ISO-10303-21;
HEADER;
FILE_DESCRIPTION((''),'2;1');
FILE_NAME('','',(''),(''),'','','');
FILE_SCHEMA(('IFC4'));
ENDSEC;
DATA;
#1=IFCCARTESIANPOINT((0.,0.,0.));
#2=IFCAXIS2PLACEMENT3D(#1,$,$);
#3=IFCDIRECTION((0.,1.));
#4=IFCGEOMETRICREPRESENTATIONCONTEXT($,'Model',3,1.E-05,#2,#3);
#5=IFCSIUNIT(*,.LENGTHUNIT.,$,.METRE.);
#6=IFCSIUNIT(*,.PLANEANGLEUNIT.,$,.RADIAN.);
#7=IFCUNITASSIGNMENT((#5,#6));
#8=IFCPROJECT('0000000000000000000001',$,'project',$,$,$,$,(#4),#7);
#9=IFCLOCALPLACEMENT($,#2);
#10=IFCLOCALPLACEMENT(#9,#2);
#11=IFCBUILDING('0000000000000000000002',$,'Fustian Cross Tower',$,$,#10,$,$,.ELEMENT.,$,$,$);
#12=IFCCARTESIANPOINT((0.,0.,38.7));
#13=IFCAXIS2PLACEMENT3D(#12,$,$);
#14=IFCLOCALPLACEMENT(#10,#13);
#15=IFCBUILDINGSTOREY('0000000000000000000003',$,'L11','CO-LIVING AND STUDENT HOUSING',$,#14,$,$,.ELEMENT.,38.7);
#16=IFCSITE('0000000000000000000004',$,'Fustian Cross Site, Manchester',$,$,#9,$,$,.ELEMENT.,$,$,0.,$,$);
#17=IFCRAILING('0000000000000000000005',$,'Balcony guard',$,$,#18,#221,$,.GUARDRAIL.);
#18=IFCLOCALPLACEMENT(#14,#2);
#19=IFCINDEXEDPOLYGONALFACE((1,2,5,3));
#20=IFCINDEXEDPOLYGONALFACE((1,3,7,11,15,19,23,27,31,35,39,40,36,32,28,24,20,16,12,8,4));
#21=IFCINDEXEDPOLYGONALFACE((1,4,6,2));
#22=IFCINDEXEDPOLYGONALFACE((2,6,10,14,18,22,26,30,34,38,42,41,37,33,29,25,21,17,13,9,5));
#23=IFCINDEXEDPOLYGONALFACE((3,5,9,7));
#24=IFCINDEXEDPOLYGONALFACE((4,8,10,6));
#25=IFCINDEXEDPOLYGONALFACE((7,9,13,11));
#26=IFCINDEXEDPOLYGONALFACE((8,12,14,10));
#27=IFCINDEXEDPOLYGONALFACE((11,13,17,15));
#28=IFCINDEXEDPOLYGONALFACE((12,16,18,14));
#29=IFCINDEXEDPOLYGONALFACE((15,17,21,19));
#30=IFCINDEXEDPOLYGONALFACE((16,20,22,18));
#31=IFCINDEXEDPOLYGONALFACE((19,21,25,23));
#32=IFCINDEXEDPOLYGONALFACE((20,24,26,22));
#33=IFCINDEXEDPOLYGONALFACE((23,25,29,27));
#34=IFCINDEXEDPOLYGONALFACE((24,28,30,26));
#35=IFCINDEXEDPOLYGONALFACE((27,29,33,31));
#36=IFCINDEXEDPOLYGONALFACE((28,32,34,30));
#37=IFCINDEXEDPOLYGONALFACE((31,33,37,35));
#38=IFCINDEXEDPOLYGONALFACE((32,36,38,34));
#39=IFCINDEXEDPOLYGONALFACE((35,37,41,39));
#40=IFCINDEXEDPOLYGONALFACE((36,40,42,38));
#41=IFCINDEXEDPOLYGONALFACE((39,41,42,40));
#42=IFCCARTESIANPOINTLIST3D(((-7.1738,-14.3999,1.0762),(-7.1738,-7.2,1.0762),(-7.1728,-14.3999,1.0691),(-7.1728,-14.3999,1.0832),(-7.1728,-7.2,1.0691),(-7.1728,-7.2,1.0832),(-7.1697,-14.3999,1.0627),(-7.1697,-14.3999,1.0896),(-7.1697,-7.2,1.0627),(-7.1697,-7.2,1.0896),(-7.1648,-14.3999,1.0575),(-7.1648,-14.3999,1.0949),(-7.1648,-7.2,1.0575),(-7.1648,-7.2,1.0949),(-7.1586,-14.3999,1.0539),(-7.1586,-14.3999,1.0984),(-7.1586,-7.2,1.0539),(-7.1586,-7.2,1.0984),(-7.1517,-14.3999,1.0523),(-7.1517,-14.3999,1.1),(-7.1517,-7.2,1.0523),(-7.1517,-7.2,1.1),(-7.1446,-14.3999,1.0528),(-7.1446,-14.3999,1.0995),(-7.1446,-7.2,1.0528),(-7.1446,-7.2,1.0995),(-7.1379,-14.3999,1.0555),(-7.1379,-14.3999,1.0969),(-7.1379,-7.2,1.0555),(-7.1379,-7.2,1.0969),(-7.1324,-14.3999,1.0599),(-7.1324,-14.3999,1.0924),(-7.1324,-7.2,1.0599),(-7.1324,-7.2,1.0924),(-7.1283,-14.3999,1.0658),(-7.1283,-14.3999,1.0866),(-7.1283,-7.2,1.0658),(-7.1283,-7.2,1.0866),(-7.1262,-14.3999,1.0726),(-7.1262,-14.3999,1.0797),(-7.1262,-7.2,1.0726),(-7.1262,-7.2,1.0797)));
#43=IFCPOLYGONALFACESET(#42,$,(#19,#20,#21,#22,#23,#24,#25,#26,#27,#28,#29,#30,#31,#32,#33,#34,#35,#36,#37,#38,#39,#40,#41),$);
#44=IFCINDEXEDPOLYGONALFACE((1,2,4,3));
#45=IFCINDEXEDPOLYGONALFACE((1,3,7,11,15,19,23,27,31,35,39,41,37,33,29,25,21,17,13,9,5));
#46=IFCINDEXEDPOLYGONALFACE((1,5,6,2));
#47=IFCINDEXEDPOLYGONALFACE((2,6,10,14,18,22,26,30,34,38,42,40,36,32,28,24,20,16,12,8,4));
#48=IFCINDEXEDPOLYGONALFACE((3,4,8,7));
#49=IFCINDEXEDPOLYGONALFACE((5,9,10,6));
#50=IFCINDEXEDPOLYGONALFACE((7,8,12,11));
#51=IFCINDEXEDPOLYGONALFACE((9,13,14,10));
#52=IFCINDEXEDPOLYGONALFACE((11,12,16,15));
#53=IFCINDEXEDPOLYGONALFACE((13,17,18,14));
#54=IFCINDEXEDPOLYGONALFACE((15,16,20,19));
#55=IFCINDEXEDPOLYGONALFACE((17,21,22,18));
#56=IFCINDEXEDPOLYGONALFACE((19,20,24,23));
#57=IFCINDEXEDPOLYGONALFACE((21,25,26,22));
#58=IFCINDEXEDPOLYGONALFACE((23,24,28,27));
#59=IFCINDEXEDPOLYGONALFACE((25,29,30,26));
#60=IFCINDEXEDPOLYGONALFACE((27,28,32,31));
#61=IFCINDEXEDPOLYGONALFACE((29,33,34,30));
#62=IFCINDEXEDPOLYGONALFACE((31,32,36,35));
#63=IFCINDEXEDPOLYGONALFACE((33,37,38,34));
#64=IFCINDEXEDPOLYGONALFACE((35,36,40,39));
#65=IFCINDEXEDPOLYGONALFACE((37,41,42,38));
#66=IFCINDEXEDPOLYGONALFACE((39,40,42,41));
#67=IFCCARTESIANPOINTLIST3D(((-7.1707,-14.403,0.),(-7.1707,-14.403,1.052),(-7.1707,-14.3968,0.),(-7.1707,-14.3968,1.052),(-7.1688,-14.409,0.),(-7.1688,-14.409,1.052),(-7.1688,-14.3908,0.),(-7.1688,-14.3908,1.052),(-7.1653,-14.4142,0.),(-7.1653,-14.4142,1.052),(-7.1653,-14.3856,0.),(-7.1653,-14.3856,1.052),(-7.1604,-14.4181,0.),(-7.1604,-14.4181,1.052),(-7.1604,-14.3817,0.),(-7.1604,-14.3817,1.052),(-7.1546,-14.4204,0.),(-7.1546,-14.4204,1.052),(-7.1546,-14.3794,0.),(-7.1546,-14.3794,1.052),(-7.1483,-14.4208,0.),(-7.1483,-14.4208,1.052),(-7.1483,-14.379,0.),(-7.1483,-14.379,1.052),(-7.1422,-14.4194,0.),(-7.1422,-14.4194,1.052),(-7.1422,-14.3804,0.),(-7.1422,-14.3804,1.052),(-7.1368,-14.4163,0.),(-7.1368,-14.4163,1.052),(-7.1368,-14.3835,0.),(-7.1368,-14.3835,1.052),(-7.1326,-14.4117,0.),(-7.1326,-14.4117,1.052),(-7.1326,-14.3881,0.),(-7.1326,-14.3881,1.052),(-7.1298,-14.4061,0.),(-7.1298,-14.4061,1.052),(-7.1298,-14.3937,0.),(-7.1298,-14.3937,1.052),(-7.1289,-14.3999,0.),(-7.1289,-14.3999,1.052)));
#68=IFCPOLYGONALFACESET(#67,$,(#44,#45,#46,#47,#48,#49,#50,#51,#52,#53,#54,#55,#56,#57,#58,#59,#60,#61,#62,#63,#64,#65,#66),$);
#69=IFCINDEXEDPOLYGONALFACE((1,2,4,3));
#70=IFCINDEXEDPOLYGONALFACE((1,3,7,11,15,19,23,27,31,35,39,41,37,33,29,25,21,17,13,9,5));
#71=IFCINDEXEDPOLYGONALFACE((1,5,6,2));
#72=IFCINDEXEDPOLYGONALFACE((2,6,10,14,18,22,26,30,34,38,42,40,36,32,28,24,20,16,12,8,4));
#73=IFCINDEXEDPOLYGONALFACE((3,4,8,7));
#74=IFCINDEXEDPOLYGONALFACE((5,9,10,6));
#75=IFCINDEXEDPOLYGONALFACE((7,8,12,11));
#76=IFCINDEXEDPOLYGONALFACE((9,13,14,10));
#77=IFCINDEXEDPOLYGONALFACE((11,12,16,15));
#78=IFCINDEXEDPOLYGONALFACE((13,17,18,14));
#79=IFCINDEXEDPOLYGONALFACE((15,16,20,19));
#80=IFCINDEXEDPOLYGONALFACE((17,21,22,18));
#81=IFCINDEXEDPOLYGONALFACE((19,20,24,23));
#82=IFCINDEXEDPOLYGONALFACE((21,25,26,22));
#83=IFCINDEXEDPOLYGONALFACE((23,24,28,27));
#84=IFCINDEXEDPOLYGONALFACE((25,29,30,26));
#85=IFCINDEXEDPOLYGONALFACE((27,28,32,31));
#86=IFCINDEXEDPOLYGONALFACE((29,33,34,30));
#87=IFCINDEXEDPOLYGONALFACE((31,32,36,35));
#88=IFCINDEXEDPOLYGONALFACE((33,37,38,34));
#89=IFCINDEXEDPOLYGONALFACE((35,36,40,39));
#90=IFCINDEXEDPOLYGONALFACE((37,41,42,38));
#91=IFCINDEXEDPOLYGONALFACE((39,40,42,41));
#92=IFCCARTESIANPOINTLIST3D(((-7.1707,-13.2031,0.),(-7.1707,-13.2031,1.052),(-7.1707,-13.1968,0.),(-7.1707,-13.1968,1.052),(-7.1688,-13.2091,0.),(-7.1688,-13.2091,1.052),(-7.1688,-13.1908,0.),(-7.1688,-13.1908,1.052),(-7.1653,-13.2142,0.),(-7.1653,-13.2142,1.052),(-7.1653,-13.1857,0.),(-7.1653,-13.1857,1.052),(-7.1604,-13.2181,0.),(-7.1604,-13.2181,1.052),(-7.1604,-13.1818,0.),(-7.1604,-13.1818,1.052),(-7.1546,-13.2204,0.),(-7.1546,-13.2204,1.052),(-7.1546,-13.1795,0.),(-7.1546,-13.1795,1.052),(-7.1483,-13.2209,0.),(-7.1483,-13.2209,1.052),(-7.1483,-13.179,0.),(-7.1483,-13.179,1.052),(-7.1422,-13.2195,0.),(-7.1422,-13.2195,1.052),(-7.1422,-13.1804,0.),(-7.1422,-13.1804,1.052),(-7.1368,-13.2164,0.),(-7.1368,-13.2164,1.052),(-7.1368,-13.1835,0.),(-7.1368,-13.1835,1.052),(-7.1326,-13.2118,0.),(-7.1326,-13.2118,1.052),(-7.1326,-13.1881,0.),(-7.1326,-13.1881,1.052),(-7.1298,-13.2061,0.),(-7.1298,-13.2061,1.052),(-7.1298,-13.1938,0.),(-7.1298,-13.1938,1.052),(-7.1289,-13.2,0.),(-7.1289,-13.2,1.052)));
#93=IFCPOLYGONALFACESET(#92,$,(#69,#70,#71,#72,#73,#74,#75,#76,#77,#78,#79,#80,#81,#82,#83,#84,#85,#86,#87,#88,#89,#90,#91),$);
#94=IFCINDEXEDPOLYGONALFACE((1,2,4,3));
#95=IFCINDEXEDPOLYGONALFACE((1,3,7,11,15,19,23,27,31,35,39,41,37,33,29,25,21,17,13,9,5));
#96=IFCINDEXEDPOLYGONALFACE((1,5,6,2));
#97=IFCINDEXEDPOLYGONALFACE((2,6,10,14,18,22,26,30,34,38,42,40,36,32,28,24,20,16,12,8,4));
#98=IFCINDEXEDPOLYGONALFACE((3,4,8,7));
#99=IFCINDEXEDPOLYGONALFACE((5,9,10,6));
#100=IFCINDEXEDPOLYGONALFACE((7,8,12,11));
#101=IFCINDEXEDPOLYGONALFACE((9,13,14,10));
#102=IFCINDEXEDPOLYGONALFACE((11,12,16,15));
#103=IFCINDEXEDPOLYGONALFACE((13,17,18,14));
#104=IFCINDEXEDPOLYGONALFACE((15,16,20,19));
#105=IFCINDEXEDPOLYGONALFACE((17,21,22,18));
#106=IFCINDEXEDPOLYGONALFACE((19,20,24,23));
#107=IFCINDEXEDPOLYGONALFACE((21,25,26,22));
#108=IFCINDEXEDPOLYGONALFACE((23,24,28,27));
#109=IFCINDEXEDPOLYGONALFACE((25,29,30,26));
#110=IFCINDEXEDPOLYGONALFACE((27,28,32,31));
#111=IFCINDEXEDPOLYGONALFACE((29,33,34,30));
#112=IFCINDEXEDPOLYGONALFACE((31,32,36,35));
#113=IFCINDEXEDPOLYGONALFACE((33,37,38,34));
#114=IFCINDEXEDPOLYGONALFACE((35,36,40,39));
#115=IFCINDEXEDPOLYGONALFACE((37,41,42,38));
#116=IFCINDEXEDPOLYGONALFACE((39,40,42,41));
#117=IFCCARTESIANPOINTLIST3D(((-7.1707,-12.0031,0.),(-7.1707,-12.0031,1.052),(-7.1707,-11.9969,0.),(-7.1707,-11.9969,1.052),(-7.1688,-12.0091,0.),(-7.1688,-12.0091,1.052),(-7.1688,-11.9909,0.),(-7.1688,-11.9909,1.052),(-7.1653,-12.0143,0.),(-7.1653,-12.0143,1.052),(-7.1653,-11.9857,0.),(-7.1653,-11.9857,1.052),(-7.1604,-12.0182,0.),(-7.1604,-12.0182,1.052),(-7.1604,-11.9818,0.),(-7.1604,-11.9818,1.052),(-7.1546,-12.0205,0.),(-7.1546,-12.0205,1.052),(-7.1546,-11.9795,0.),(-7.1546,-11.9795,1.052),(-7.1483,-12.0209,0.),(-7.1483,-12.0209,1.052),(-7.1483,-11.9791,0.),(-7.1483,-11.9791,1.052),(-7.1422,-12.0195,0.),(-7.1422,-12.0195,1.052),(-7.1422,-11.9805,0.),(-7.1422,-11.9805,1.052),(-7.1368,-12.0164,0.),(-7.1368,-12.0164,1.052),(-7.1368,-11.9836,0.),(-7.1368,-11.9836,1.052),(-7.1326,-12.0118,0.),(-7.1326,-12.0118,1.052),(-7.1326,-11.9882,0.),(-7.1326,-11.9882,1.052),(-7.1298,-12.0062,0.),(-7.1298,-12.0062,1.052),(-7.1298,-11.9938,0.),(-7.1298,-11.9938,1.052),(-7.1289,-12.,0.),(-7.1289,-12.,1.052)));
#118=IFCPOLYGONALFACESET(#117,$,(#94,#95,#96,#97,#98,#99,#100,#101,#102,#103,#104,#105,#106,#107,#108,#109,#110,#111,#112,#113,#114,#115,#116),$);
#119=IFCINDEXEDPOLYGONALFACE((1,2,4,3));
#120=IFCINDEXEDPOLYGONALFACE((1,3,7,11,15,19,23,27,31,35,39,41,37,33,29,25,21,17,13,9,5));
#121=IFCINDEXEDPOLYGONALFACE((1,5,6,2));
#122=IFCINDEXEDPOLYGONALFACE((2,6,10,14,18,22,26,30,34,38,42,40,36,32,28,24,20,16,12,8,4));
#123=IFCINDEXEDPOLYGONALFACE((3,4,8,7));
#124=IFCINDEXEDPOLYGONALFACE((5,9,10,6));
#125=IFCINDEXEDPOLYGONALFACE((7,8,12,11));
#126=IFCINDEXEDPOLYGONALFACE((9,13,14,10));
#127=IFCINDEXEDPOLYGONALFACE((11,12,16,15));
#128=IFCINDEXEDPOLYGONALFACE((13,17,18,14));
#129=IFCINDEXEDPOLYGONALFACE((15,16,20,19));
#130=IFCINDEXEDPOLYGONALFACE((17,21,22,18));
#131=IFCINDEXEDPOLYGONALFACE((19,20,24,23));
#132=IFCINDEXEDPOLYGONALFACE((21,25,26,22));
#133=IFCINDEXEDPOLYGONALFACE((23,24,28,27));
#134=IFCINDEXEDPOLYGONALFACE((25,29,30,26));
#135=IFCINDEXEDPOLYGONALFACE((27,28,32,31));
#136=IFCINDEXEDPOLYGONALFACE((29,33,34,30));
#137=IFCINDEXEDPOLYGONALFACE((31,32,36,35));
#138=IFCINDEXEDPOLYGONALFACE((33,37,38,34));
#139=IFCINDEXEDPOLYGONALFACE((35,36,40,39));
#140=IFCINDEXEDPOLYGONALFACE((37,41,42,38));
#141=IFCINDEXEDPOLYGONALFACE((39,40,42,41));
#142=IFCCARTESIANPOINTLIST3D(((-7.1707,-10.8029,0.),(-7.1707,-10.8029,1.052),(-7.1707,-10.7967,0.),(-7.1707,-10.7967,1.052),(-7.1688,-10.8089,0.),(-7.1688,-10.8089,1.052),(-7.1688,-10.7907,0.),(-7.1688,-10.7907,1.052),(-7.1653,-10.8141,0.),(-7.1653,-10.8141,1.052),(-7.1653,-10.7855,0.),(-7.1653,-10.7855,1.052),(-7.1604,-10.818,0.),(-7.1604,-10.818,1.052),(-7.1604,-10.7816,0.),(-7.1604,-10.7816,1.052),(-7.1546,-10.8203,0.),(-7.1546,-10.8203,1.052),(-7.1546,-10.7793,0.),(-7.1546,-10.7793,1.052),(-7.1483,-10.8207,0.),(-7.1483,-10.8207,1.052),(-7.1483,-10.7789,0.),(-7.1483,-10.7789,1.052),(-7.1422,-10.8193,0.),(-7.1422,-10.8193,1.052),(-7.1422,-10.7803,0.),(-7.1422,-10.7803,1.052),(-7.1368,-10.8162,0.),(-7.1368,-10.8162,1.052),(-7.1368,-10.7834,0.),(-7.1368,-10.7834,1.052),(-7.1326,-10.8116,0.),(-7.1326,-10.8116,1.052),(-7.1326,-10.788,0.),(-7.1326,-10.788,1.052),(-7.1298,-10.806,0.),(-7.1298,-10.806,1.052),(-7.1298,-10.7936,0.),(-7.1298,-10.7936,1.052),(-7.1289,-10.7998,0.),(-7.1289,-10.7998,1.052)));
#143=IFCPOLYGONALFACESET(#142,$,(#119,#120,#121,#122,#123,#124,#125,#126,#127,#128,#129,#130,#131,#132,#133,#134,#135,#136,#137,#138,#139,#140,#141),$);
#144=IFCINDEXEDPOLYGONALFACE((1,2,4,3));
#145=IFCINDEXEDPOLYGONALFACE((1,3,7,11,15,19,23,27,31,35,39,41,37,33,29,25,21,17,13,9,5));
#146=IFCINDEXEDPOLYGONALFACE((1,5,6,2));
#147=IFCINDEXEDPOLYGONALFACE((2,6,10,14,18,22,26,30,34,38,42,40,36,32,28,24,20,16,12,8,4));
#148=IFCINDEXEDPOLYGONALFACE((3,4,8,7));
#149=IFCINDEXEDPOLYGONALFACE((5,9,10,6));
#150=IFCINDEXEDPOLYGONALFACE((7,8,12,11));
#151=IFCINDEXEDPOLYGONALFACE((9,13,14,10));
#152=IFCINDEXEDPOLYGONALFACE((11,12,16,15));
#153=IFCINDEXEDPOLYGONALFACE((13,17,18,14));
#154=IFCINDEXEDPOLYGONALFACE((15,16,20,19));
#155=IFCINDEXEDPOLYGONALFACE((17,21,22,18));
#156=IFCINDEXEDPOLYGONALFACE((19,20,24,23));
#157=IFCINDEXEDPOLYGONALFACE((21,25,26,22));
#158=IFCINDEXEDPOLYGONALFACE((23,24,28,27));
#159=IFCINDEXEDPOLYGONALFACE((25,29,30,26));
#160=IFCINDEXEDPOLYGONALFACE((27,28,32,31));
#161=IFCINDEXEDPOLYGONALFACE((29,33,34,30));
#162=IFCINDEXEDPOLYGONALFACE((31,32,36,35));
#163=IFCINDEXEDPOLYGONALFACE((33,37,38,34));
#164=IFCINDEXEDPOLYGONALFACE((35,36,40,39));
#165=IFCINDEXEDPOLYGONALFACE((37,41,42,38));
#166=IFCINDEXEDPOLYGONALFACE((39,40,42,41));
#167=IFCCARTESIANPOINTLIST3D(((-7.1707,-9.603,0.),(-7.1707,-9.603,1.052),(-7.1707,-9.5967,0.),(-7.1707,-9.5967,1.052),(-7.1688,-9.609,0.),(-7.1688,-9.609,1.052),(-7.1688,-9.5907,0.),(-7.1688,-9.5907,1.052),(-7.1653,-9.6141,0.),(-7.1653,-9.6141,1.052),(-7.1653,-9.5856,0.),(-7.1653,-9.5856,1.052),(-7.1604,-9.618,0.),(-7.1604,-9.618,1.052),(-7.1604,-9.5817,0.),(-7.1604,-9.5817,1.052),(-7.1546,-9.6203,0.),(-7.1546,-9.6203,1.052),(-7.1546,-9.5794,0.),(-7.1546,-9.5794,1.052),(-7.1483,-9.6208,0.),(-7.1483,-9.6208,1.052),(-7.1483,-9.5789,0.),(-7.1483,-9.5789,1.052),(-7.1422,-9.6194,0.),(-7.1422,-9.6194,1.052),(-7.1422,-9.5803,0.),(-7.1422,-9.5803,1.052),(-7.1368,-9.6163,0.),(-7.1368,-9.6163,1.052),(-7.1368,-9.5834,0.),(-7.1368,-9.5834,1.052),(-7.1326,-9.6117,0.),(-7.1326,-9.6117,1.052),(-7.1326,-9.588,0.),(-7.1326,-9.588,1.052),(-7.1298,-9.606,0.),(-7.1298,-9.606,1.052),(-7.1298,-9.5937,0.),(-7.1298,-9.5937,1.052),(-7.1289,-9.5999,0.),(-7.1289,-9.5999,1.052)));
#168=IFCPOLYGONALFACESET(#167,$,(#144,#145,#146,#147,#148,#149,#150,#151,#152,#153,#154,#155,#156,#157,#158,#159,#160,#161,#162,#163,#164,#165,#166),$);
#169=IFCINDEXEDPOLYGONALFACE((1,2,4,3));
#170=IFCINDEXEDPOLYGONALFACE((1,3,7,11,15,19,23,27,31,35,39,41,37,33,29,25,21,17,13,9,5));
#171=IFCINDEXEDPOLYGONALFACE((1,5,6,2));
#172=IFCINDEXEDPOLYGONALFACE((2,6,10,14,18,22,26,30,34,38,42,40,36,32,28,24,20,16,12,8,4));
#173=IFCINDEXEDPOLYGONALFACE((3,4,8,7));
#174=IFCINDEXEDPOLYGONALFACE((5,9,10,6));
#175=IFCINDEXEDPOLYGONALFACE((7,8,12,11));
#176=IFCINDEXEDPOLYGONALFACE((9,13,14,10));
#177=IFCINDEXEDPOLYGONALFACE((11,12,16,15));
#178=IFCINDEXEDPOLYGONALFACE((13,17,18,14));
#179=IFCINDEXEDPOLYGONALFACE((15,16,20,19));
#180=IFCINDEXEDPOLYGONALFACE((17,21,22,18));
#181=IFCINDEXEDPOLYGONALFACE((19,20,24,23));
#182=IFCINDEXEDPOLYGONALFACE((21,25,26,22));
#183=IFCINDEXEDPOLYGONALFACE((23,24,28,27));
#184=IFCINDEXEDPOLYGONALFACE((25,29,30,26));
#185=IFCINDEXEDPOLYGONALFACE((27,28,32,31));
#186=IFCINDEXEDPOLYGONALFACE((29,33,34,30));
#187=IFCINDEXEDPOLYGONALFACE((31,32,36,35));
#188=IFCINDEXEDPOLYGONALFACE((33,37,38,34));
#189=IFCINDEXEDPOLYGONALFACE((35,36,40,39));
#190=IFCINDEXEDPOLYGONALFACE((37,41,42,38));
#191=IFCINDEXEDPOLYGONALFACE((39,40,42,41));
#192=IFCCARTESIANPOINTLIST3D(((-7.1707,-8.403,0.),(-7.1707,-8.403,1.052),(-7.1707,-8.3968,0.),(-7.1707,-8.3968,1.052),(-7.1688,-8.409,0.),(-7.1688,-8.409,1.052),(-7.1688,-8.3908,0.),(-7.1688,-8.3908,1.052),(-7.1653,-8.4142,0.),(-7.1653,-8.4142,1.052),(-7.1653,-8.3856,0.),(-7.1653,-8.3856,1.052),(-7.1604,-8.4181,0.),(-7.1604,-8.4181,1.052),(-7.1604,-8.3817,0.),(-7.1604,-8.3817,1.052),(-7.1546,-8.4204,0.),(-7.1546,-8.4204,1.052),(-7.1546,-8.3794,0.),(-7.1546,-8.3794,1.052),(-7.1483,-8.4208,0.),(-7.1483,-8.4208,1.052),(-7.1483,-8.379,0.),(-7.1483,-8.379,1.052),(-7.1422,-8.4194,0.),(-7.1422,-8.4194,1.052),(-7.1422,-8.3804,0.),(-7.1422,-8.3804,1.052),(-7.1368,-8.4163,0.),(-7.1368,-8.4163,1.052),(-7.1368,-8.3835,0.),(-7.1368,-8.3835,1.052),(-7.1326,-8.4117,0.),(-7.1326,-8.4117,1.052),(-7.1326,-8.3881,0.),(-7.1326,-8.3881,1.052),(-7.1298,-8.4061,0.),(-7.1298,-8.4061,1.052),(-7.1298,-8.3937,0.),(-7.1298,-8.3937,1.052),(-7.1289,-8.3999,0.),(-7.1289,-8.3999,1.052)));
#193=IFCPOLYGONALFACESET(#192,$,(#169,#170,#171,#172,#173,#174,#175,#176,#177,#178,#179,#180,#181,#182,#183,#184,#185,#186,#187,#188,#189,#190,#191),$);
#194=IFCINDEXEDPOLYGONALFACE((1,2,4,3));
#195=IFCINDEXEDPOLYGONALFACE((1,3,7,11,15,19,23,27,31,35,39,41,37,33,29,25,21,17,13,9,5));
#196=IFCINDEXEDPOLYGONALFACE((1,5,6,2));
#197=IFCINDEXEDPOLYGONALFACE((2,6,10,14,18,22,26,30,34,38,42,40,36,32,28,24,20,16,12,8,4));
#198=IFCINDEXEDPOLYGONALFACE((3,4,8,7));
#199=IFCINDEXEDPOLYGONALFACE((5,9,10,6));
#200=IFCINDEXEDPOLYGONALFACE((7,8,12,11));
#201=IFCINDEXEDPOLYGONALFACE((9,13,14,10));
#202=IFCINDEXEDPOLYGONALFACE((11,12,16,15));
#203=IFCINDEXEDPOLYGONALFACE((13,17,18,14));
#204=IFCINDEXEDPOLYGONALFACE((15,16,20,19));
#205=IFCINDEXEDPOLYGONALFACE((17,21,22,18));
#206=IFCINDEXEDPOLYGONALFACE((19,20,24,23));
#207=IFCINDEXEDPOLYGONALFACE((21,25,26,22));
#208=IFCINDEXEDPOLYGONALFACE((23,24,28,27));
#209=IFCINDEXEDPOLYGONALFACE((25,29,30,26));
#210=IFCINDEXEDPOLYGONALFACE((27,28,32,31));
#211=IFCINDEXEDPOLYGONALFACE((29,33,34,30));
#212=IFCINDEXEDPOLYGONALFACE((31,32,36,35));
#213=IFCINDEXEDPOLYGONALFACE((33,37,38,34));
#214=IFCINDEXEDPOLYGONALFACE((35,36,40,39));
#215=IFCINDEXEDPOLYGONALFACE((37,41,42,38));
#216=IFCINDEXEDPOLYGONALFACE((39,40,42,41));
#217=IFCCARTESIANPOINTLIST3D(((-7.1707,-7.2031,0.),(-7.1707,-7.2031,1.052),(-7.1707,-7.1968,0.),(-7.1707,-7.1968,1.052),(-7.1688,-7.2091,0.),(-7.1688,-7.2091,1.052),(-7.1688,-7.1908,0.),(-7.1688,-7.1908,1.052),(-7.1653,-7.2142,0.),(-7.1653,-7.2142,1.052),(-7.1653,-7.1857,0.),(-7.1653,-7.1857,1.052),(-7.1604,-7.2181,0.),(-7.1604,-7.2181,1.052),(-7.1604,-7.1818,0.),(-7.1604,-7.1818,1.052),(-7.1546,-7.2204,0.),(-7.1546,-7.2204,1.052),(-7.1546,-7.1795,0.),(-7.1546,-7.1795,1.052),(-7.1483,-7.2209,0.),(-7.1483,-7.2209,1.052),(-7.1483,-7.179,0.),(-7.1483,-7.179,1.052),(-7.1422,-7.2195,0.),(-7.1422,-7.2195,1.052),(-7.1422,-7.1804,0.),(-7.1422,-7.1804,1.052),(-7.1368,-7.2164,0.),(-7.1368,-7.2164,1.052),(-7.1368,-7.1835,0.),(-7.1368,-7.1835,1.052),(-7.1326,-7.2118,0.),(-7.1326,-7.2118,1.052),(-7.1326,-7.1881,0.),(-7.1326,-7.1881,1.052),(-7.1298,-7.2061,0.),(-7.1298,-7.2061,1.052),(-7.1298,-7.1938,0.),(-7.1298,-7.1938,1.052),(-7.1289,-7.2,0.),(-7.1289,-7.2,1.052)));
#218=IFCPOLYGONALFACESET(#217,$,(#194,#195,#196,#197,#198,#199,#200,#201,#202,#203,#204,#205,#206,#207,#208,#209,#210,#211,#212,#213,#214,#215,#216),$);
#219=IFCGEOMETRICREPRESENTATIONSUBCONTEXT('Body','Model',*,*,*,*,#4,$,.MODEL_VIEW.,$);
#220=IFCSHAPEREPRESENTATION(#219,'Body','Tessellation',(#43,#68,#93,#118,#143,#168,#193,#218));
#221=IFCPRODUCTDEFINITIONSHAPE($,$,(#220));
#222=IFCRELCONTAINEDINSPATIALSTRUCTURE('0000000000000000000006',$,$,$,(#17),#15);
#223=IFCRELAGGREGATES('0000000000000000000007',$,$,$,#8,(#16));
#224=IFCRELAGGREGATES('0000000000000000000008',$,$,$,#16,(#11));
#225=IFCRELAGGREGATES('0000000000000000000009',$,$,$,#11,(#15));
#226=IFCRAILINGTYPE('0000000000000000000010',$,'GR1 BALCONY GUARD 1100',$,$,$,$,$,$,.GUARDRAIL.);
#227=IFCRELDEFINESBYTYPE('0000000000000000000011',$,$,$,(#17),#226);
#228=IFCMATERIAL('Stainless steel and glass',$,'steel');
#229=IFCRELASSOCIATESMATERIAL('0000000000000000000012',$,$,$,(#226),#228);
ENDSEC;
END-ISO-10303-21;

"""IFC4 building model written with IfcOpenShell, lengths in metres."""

from ifc_helpers import new_model, si_unit, direction, frame, origin, origin_2d, place, context, subcontext, project, spatial, circle, extrude, material, type_object, element, save


model = new_model("IFC4")

# Units and contexts
model_context = context("Model", 3, precision=1e-05, world=origin(), true_north=direction((0.0, 1.0)))
body_context = subcontext(model_context, "Body", "Model", "MODEL_VIEW")
ifc_project = project(units=[si_unit("LENGTHUNIT", "METRE"), si_unit("PLANEANGLEUNIT", "RADIAN")], contexts=[model_context])

# Site, building, storey
site_placement = place(None, origin())
site = spatial("IfcSite", under=ifc_project, at=site_placement, Name="Fustian Cross Site, Manchester", CompositionType="ELEMENT", RefElevation=0.0)
building_placement = place(site_placement, origin())
building = spatial("IfcBuilding", under=site, at=building_placement, Name="Fustian Cross Tower", CompositionType="ELEMENT")
storey_placement = place(building_placement, frame((0.0, 0.0, 38.7)))
storey = spatial("IfcBuildingStorey", under=building, at=storey_placement, Name="L11", Description="CO-LIVING AND STUDENT HOUSING", CompositionType="ELEMENT", Elevation=38.7)

# Railing
ifc_material_1 = material(Name="Stainless steel and glass", Category="steel")
railing_type = type_object("IfcRailingType", Name="GR1 BALCONY GUARD 1100", PredefinedType="GUARDRAIL", material=ifc_material_1)
railing_placement = place(storey_placement, frame((-7.1499, -14.3999, 0.0)))
element("IfcRailing", 1, at=railing_placement, inside=storey, type_object=railing_type, Name="Balcony guard", PredefinedType="GUARDRAIL", context=body_context, shape_type="SweptSolid", body=[
    extrude(circle(Radius=0.0239, at=origin_2d()), frame((0.0, 0.0, 1.0762), z_axis=(0.0, 1.0, 0.0), x_axis=(-1.0, 0.0, 0.0)), (0.0, 0.0, 1.0), 7.2),
    extrude(circle(Radius=0.021, at=origin_2d()), origin(), (0.0, 0.0, 1.0), 1.052),
    extrude(circle(Radius=0.021, at=origin_2d()), frame((0.0, 1.2, 0.0)), (0.0, 0.0, 1.0), 1.052),
    extrude(circle(Radius=0.021, at=origin_2d()), frame((0.0, 2.3999, 0.0)), (0.0, 0.0, 1.0), 1.052),
    extrude(circle(Radius=0.021, at=origin_2d()), frame((0.0, 3.6001, 0.0)), (0.0, 0.0, 1.0), 1.052),
    extrude(circle(Radius=0.021, at=origin_2d()), frame((0.0, 4.8, 0.0)), (0.0, 0.0, 1.0), 1.052),
    extrude(circle(Radius=0.021, at=origin_2d()), frame((0.0, 6.0, 0.0)), (0.0, 0.0, 1.0), 1.052),
    extrude(circle(Radius=0.021, at=origin_2d()), frame((0.0, 7.2, 0.0)), (0.0, 0.0, 1.0), 1.052),
])

save(model, "model.ifc")
